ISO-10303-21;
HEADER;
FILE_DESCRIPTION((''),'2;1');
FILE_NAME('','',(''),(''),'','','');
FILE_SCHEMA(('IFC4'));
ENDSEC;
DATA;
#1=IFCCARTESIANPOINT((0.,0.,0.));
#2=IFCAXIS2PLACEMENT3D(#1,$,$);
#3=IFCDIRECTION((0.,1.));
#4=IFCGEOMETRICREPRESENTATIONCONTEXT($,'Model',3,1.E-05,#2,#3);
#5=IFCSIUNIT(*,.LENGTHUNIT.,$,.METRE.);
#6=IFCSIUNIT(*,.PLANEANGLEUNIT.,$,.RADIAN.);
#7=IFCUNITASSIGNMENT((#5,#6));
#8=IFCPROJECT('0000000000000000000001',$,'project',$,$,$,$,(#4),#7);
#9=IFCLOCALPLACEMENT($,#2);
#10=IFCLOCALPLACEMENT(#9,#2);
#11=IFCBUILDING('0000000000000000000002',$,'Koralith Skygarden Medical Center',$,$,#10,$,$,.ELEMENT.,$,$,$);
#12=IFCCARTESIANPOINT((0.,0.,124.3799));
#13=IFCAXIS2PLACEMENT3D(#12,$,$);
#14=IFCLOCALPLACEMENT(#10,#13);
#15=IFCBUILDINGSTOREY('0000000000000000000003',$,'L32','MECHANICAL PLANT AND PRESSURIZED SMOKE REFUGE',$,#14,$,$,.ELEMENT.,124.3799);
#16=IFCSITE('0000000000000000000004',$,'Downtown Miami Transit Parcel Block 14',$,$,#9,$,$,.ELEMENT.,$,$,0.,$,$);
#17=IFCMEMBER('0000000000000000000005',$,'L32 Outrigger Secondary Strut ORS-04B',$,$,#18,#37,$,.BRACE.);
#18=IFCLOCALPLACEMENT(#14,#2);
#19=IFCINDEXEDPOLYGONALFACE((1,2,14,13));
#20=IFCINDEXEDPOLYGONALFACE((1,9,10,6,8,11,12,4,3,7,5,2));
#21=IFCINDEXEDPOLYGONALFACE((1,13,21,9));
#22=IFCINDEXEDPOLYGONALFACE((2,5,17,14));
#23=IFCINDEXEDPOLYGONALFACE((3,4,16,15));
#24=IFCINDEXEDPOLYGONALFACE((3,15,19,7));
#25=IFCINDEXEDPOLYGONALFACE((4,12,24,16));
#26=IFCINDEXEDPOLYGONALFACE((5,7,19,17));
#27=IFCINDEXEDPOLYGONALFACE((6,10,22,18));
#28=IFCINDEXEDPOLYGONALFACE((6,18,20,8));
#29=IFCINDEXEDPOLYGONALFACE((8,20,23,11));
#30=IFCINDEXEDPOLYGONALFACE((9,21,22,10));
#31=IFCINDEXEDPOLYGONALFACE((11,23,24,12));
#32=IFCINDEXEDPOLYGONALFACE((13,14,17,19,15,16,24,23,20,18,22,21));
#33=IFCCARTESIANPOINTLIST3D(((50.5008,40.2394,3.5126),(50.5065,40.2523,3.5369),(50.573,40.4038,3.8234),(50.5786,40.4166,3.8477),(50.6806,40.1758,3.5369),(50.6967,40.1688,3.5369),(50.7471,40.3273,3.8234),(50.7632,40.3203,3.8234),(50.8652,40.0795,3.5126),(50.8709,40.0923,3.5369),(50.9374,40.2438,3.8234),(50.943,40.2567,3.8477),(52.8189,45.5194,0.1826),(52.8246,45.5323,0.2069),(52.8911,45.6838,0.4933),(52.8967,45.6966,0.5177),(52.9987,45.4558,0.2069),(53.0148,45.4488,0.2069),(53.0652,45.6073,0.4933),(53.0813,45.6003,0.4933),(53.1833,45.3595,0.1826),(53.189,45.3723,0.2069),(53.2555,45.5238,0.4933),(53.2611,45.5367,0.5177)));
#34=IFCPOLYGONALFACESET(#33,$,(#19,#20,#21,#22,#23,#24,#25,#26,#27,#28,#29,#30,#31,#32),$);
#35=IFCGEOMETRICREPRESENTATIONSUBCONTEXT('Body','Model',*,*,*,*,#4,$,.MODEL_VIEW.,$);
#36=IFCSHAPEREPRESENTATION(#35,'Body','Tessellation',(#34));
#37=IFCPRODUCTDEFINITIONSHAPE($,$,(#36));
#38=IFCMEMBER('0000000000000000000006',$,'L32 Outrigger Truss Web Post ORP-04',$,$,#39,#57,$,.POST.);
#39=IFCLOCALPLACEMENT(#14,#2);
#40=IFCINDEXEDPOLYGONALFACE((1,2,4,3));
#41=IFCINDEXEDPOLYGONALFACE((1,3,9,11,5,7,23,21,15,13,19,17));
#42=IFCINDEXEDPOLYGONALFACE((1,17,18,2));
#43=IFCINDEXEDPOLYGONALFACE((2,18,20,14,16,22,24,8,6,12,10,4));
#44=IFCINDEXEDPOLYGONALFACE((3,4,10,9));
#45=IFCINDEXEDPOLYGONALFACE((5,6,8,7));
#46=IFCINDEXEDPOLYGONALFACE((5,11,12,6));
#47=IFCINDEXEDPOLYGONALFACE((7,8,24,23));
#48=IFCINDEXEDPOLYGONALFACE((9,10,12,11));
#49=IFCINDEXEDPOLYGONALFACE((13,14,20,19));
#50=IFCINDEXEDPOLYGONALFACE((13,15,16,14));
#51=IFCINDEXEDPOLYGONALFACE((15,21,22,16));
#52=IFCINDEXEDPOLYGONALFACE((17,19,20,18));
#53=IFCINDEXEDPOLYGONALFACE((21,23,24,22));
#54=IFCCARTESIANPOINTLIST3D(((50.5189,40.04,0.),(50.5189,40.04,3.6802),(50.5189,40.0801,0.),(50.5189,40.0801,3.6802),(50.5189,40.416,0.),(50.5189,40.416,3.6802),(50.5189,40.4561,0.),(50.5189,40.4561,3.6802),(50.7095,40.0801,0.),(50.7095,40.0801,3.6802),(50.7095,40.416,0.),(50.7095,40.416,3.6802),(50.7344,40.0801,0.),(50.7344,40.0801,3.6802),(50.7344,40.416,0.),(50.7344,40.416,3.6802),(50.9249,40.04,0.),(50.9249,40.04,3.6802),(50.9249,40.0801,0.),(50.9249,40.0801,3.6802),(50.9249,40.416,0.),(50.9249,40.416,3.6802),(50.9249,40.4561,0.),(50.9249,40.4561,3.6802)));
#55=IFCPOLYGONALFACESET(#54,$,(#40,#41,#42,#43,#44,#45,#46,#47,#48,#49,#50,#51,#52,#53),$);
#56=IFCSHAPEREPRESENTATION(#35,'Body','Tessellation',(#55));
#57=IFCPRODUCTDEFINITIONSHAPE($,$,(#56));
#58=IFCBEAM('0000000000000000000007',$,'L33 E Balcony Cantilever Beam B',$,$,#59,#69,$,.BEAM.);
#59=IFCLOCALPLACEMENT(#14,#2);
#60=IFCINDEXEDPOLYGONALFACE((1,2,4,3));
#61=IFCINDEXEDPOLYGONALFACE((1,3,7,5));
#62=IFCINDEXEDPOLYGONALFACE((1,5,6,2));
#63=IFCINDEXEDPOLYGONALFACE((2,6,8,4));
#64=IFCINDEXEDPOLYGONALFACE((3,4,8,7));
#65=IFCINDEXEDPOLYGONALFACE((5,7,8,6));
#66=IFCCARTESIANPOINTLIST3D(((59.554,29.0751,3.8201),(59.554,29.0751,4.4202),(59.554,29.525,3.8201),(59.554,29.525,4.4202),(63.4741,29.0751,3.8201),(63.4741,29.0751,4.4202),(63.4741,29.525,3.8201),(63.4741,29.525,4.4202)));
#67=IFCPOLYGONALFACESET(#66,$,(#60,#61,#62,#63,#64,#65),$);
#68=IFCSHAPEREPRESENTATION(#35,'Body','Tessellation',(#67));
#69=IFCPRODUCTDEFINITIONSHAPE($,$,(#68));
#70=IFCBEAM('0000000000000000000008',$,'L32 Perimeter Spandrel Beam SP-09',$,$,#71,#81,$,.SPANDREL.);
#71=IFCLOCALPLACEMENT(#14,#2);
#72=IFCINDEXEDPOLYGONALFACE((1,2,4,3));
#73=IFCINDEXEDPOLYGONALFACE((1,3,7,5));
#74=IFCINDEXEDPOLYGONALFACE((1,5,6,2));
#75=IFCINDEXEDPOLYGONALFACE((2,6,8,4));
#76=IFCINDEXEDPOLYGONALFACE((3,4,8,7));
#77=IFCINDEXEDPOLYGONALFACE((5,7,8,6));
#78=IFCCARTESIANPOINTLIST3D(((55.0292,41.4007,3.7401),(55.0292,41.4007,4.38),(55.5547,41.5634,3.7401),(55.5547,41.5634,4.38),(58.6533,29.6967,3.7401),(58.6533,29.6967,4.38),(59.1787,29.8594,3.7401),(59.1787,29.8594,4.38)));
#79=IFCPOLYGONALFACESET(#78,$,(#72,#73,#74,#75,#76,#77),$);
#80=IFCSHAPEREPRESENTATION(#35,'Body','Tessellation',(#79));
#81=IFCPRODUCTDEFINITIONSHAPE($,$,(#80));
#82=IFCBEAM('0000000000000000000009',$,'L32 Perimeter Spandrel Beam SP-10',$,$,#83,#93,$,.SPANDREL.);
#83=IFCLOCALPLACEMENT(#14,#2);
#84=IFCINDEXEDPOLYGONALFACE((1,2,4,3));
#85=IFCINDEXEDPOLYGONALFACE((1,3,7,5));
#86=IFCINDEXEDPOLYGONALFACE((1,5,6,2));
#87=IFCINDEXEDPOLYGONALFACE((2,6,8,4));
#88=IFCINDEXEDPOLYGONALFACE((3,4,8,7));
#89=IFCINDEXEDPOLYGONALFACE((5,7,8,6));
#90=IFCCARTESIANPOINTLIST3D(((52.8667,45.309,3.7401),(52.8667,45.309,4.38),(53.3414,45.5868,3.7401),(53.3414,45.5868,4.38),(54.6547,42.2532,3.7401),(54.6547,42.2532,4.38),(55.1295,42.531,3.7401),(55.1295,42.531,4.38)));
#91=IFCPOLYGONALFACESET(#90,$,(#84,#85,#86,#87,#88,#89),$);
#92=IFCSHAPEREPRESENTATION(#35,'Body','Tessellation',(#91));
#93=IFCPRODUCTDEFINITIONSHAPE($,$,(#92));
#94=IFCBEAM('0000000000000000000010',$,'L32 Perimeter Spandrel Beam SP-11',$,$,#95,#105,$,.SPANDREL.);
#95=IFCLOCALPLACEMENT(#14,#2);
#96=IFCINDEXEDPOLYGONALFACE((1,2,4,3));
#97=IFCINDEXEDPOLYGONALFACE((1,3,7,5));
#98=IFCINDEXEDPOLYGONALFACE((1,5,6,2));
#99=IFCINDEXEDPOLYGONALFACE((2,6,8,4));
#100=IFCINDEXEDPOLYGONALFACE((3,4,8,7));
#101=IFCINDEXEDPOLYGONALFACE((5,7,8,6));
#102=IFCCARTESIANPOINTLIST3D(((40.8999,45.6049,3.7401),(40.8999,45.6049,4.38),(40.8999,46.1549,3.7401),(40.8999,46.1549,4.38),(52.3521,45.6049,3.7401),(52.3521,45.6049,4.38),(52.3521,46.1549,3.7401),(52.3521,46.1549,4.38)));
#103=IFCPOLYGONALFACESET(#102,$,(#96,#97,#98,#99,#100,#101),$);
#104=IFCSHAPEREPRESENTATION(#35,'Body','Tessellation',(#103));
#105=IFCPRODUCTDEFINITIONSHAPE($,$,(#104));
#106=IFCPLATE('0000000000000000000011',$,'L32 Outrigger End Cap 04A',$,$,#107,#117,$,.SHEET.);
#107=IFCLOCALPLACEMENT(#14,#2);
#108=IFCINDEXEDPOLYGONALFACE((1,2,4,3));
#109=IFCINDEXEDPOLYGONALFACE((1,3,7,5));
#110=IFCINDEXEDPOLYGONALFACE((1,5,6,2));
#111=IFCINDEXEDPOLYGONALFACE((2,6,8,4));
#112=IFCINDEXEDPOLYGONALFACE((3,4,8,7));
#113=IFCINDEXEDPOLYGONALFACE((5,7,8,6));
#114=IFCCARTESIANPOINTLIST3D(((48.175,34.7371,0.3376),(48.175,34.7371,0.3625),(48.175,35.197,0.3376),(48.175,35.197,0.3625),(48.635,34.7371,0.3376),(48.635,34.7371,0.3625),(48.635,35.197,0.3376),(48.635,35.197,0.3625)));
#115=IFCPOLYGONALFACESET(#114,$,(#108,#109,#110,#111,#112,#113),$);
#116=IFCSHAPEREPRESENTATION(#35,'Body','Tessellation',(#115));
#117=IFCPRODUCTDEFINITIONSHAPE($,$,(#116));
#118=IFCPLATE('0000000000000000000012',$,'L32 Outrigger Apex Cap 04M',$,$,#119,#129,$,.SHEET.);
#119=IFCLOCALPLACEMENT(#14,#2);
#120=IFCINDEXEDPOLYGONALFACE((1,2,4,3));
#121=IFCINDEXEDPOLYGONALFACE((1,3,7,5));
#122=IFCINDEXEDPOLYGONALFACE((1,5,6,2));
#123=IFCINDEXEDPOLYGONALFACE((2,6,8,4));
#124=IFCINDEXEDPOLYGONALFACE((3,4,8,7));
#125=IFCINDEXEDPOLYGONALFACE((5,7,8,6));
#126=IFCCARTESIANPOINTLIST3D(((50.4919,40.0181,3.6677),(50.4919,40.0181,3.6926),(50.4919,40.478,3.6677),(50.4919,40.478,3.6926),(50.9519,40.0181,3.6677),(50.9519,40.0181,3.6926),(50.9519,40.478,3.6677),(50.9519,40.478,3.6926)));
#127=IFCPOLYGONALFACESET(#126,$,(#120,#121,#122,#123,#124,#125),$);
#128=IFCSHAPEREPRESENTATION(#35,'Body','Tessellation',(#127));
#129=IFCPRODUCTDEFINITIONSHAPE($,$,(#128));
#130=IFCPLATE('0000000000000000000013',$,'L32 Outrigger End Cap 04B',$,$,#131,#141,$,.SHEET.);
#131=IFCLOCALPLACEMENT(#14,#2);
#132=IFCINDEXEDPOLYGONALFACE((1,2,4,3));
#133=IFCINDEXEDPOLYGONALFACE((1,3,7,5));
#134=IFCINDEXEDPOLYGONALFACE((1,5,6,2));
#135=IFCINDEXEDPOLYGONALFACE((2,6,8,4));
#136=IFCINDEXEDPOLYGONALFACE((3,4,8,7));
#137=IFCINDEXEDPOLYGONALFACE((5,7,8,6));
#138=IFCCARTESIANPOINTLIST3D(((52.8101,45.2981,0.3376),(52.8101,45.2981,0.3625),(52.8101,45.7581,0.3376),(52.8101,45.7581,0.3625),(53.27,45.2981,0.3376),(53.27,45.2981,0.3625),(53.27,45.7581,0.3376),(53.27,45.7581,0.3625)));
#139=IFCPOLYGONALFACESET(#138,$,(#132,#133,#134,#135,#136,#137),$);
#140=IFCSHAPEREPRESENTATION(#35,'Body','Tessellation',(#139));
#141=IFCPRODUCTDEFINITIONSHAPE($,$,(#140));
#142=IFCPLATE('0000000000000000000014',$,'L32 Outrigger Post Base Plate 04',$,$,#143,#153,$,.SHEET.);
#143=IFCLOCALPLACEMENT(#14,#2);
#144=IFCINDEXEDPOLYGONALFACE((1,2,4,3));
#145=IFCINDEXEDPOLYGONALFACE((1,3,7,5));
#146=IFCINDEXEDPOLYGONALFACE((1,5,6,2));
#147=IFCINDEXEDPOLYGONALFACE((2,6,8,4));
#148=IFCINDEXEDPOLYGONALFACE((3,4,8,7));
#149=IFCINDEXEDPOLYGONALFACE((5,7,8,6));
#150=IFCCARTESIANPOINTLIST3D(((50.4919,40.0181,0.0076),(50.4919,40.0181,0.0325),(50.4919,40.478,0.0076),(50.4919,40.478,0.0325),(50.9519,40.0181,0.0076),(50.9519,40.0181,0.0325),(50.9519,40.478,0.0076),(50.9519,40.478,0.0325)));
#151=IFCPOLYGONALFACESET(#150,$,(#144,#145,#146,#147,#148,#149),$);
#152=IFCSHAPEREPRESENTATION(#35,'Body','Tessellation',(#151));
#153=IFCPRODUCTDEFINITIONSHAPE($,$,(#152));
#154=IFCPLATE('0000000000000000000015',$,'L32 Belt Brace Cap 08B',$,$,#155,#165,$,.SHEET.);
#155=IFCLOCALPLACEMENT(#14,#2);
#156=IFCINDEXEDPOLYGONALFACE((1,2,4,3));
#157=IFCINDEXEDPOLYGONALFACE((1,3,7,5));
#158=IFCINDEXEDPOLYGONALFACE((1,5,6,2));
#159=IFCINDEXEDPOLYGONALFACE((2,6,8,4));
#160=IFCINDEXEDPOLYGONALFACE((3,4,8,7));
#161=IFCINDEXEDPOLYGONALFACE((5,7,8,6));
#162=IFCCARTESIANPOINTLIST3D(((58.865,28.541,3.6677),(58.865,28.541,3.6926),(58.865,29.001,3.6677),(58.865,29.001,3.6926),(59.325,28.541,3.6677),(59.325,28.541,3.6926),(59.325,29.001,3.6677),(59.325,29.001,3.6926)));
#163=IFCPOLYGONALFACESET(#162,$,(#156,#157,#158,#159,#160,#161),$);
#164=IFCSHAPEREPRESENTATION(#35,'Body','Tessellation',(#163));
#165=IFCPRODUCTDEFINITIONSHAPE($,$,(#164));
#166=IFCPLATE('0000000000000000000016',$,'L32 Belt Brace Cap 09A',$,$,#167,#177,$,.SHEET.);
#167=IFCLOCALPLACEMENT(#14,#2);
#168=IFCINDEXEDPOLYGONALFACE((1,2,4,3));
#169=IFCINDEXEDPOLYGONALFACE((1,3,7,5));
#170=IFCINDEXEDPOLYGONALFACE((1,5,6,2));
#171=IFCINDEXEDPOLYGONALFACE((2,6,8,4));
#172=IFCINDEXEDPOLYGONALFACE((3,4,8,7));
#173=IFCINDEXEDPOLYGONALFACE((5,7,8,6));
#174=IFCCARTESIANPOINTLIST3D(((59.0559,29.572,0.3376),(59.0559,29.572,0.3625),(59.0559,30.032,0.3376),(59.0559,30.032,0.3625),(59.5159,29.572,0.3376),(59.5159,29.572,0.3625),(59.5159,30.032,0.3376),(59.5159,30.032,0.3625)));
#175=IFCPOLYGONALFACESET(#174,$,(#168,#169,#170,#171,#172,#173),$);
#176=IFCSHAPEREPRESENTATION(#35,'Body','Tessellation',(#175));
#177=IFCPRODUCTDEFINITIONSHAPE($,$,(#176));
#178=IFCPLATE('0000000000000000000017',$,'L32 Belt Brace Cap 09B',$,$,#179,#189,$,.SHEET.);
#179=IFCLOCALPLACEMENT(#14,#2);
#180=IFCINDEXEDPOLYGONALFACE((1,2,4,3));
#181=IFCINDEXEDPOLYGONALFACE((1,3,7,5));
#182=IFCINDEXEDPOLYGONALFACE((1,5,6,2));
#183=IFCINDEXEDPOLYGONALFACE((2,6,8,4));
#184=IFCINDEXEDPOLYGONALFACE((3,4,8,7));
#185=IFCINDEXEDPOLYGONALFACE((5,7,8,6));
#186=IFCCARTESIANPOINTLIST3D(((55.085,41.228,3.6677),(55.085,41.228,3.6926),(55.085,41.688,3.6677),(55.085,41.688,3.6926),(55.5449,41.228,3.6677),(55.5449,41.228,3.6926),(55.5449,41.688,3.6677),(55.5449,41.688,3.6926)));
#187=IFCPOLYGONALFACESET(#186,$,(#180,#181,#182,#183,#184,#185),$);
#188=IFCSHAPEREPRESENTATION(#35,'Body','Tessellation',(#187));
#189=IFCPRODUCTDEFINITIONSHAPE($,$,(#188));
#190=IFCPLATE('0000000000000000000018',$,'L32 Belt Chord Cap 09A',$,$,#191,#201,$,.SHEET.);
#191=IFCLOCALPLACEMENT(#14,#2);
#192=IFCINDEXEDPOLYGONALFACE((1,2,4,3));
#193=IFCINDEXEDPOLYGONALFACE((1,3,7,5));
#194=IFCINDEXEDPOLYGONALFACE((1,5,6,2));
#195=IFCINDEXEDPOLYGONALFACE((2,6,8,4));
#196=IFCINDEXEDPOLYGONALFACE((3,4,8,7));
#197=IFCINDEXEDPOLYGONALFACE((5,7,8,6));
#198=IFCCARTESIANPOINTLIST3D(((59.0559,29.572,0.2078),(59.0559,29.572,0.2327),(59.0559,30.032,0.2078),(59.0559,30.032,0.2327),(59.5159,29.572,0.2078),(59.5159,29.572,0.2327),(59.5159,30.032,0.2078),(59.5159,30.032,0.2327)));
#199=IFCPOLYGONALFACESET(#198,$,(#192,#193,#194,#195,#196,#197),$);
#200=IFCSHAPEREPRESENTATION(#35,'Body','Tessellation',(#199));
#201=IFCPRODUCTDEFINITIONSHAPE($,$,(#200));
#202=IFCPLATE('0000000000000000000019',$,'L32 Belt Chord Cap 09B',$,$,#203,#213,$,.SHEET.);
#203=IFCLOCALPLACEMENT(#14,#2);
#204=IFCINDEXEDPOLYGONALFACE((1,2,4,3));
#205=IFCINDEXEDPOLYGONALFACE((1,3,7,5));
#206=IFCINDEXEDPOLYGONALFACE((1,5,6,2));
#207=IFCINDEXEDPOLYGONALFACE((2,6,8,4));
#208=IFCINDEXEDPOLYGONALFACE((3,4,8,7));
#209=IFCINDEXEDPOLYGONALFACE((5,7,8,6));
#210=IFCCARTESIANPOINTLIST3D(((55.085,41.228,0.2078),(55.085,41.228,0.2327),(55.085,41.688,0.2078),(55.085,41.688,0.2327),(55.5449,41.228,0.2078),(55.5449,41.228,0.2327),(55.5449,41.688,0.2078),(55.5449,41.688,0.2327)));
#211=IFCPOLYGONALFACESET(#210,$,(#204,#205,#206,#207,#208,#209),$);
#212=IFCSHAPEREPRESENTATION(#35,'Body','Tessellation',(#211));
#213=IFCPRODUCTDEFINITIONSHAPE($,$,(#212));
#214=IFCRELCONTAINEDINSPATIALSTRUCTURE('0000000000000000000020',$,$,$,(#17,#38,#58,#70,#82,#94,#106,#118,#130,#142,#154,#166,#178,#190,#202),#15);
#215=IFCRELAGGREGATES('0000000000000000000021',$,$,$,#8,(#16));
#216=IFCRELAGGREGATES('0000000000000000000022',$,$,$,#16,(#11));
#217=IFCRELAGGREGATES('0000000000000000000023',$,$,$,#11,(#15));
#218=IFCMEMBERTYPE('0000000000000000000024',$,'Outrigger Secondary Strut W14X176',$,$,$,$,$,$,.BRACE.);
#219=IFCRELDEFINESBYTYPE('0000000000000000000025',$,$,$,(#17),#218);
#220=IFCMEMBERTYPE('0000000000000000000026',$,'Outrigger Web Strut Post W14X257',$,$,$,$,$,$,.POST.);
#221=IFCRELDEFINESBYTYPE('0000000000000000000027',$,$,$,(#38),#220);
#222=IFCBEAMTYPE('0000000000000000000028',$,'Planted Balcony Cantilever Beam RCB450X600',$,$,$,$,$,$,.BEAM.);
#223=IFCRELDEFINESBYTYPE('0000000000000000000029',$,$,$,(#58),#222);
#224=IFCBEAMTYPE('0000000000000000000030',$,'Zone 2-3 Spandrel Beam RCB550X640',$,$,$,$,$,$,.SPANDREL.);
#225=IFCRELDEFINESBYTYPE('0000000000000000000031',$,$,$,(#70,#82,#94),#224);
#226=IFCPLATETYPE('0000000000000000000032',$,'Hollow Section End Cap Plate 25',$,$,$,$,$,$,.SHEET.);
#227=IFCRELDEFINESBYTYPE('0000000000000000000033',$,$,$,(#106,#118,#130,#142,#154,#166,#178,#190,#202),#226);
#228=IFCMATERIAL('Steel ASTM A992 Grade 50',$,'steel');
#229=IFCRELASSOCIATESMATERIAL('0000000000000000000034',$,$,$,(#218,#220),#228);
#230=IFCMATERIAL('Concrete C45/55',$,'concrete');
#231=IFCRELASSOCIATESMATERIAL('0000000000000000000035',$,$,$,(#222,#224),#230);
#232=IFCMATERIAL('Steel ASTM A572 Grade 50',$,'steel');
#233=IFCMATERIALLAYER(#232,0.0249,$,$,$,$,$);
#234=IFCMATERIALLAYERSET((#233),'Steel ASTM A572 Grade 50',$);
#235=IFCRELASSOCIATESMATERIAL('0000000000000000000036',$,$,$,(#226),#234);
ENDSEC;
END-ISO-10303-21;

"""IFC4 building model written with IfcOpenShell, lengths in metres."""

from ifc_helpers import new_model, si_unit, direction, frame, origin, origin_2d, place, context, subcontext, project, spatial, rectangle, i_section, extrude, material, layer, layer_set, material_profile, profile_set, type_object, element, save


model = new_model("IFC4")

# Units and contexts
model_context = context("Model", 3, precision=1e-05, world=origin(), true_north=direction((0.0, 1.0)))
body_context = subcontext(model_context, "Body", "Model", "MODEL_VIEW")
ifc_project = project(units=[si_unit("LENGTHUNIT", "METRE"), si_unit("PLANEANGLEUNIT", "RADIAN")], contexts=[model_context])

# Site, building, storey
site_placement = place(None, origin())
site = spatial("IfcSite", under=ifc_project, at=site_placement, Name="Downtown Miami Transit Parcel Block 14", CompositionType="ELEMENT", RefElevation=0.0)
building_placement = place(site_placement, origin())
building = spatial("IfcBuilding", under=site, at=building_placement, Name="Koralith Skygarden Medical Center", CompositionType="ELEMENT")
storey_placement = place(building_placement, frame((0.0, 0.0, 124.3799)))
storey = spatial("IfcBuildingStorey", under=building, at=storey_placement, Name="L32", Description="MECHANICAL PLANT AND PRESSURIZED SMOKE REFUGE", CompositionType="ELEMENT", Elevation=124.3799)

# Shared definitions
ifc_material_1 = material(Name="Steel ASTM A992 Grade 50", Category="steel")

# Members
ifc_material_profile_1 = material_profile(ifc_material_1, i_section(OverallWidth=0.3979, OverallDepth=0.387, WebThickness=0.0176, FlangeThickness=0.0281, at=origin_2d()), Name="W14X176")
ifc_profile_set_1 = profile_set([ifc_material_profile_1], Name="Steel ASTM A992 Grade 50")
member_type_1 = type_object("IfcMemberType", Name="Outrigger Secondary Strut W14X176", PredefinedType="BRACE", material=ifc_profile_set_1)
member_1_placement = place(storey_placement, frame((50.7219, 40.248, 3.6802), z_axis=(0.34812, 0.792921, -0.50009), x_axis=(-0.915641, 0.401998, 0.0)))
element("IfcMember", 1, at=member_1_placement, inside=storey, type_object=member_type_1, Name="L32 Outrigger Secondary Strut ORS-04B", PredefinedType="BRACE", context=body_context, shape_type="SweptSolid", body=[
    extrude(i_section(OverallWidth=0.3979, OverallDepth=0.387, WebThickness=0.0176, FlangeThickness=0.0281, at=origin_2d()), origin(), (0.0, 0.0, 1.0), 6.6589),
])
ifc_material_profile_2 = material_profile(ifc_material_1, i_section(OverallWidth=0.406, OverallDepth=0.416, WebThickness=0.0249, FlangeThickness=0.04, at=origin_2d()), Name="W14X257")
ifc_profile_set_2 = profile_set([ifc_material_profile_2], Name="Steel ASTM A992 Grade 50")
member_type_2 = type_object("IfcMemberType", Name="Outrigger Web Strut Post W14X257", PredefinedType="POST", material=ifc_profile_set_2)
member_2_placement = place(storey_placement, frame((50.7219, 40.248, 0.0), z_axis=(0.0, 0.0, 1.0), x_axis=(1.0, 0.0, 0.0)))
element("IfcMember", 2, at=member_2_placement, inside=storey, type_object=member_type_2, Name="L32 Outrigger Truss Web Post ORP-04", PredefinedType="POST", context=body_context, shape_type="SweptSolid", body=[
    extrude(i_section(OverallWidth=0.406, OverallDepth=0.416, WebThickness=0.0249, FlangeThickness=0.04, at=origin_2d()), origin(), (0.0, 0.0, 1.0), 3.6802),
])

# Beams
ifc_material_2 = material(Name="Concrete C45/55", Category="concrete")
ifc_material_profile_3 = material_profile(ifc_material_2, rectangle(XDim=0.45, YDim=0.6001, at=origin_2d()), Name="RCB450X600")
ifc_profile_set_3 = profile_set([ifc_material_profile_3], Name="Concrete C45/55")
beam_type_1 = type_object("IfcBeamType", Name="Planted Balcony Cantilever Beam RCB450X600", PredefinedType="BEAM", material=ifc_profile_set_3)
beam_1_placement = place(storey_placement, frame((59.554, 29.3, 4.1201), z_axis=(1.0, 0.0, 0.0), x_axis=(0.0, 1.0, 0.0)))
element("IfcBeam", 3, at=beam_1_placement, inside=storey, type_object=beam_type_1, Name="L33 E Balcony Cantilever Beam B", PredefinedType="BEAM", context=body_context, shape_type="SweptSolid", body=[
    extrude(rectangle(XDim=0.45, YDim=0.6001, at=origin_2d()), origin(), (0.0, 0.0, 1.0), 3.9202),
])
ifc_material_profile_4 = material_profile(ifc_material_2, rectangle(XDim=0.55, YDim=0.6399, at=origin_2d()), Name="RCB550X640")
ifc_profile_set_4 = profile_set([ifc_material_profile_4], Name="Concrete C45/55")
beam_type_2 = type_object("IfcBeamType", Name="Zone 2-3 Spandrel Beam RCB550X640", PredefinedType="SPANDREL", material=ifc_profile_set_4)
beam_2_placement = place(storey_placement, frame((58.916, 29.7781, 4.0601), z_axis=(-0.295788, 0.955254, 0.0), x_axis=(-0.955254, -0.295788, 0.0)))
element("IfcBeam", 4, at=beam_2_placement, inside=storey, type_object=beam_type_2, Name="L32 Perimeter Spandrel Beam SP-09", PredefinedType="SPANDREL", context=body_context, shape_type="SweptSolid", body=[
    extrude(rectangle(XDim=0.55, YDim=0.6399, at=origin_2d()), origin(), (0.0, 0.0, 1.0), 12.2522),
])
beam_3_placement = place(storey_placement, frame((54.8921, 42.3921, 4.0601), z_axis=(-0.505024, 0.863105, 0.0), x_axis=(-0.863105, -0.505024, 0.0)))
element("IfcBeam", 5, at=beam_3_placement, inside=storey, type_object=beam_type_2, Name="L32 Perimeter Spandrel Beam SP-10", PredefinedType="SPANDREL", context=body_context, shape_type="SweptSolid", body=[
    extrude(rectangle(XDim=0.55, YDim=0.6399, at=origin_2d()), origin(), (0.0, 0.0, 1.0), 3.5405),
])
beam_4_placement = place(storey_placement, frame((52.3521, 45.8799, 4.0601), z_axis=(-1.0, 0.0, 0.0), x_axis=(0.0, -1.0, 0.0)))
element("IfcBeam", 6, at=beam_4_placement, inside=storey, type_object=beam_type_2, Name="L32 Perimeter Spandrel Beam SP-11", PredefinedType="SPANDREL", context=body_context, shape_type="SweptSolid", body=[
    extrude(rectangle(XDim=0.55, YDim=0.6399, at=origin_2d()), origin(), (0.0, 0.0, 1.0), 11.4521),
])

# Plates
ifc_material_3 = material(Name="Steel ASTM A572 Grade 50", Category="steel")
ifc_layer_1 = layer(ifc_material_3, 0.0249)
ifc_layer_set_1 = layer_set([ifc_layer_1], Name="Steel ASTM A572 Grade 50")
plate_type_1 = type_object("IfcPlateType", Name="Hollow Section End Cap Plate 25", PredefinedType="SHEET", material=ifc_layer_set_1)
for number, where, z_axis, x_axis, name in (
    (7, (48.405, 34.967, 0.3376), (0.0, 0.0, 1.0), (1.0, 0.0, 0.0), "L32 Outrigger End Cap 04A"),
    (8, (50.7219, 40.248, 3.6677), (0.0, 0.0, 1.0), (1.0, 0.0, 0.0), "L32 Outrigger Apex Cap 04M"),
    (9, (53.04, 45.5281, 0.3376), (0.0, 0.0, 1.0), (1.0, 0.0, 0.0), "L32 Outrigger End Cap 04B"),
    (10, (50.7219, 40.248, 0.0076), (0.0, 0.0, 1.0), (1.0, 0.0, 0.0), "L32 Outrigger Post Base Plate 04"),
    (11, (59.095, 28.771, 3.6677), (0.0, 0.0, 1.0), (1.0, 0.0, 0.0), "L32 Belt Brace Cap 08B"),
    (12, (59.2859, 29.802, 0.3376), (0.0, 0.0, 1.0), (1.0, 0.0, 0.0), "L32 Belt Brace Cap 09A"),
    (13, (55.3149, 41.458, 3.6677), (0.0, 0.0, 1.0), (1.0, 0.0, 0.0), "L32 Belt Brace Cap 09B"),
    (14, (59.2859, 29.802, 0.2078), (0.0, 0.0, 1.0), (1.0, 0.0, 0.0), "L32 Belt Chord Cap 09A"),
    (15, (55.3149, 41.458, 0.2078), (0.0, 0.0, 1.0), (1.0, 0.0, 0.0), "L32 Belt Chord Cap 09B"),
):
    element("IfcPlate", number, at=place(storey_placement, frame(where, z_axis=z_axis, x_axis=x_axis)), inside=storey, type_object=plate_type_1, Name=name, PredefinedType="SHEET", context=body_context, shape_type="SweptSolid", body=[
        extrude(rectangle(XDim=0.46, YDim=0.46, at=origin_2d()), origin(), (0.0, 0.0, 1.0), 0.0249),
    ])

save(model, "model.ifc")
